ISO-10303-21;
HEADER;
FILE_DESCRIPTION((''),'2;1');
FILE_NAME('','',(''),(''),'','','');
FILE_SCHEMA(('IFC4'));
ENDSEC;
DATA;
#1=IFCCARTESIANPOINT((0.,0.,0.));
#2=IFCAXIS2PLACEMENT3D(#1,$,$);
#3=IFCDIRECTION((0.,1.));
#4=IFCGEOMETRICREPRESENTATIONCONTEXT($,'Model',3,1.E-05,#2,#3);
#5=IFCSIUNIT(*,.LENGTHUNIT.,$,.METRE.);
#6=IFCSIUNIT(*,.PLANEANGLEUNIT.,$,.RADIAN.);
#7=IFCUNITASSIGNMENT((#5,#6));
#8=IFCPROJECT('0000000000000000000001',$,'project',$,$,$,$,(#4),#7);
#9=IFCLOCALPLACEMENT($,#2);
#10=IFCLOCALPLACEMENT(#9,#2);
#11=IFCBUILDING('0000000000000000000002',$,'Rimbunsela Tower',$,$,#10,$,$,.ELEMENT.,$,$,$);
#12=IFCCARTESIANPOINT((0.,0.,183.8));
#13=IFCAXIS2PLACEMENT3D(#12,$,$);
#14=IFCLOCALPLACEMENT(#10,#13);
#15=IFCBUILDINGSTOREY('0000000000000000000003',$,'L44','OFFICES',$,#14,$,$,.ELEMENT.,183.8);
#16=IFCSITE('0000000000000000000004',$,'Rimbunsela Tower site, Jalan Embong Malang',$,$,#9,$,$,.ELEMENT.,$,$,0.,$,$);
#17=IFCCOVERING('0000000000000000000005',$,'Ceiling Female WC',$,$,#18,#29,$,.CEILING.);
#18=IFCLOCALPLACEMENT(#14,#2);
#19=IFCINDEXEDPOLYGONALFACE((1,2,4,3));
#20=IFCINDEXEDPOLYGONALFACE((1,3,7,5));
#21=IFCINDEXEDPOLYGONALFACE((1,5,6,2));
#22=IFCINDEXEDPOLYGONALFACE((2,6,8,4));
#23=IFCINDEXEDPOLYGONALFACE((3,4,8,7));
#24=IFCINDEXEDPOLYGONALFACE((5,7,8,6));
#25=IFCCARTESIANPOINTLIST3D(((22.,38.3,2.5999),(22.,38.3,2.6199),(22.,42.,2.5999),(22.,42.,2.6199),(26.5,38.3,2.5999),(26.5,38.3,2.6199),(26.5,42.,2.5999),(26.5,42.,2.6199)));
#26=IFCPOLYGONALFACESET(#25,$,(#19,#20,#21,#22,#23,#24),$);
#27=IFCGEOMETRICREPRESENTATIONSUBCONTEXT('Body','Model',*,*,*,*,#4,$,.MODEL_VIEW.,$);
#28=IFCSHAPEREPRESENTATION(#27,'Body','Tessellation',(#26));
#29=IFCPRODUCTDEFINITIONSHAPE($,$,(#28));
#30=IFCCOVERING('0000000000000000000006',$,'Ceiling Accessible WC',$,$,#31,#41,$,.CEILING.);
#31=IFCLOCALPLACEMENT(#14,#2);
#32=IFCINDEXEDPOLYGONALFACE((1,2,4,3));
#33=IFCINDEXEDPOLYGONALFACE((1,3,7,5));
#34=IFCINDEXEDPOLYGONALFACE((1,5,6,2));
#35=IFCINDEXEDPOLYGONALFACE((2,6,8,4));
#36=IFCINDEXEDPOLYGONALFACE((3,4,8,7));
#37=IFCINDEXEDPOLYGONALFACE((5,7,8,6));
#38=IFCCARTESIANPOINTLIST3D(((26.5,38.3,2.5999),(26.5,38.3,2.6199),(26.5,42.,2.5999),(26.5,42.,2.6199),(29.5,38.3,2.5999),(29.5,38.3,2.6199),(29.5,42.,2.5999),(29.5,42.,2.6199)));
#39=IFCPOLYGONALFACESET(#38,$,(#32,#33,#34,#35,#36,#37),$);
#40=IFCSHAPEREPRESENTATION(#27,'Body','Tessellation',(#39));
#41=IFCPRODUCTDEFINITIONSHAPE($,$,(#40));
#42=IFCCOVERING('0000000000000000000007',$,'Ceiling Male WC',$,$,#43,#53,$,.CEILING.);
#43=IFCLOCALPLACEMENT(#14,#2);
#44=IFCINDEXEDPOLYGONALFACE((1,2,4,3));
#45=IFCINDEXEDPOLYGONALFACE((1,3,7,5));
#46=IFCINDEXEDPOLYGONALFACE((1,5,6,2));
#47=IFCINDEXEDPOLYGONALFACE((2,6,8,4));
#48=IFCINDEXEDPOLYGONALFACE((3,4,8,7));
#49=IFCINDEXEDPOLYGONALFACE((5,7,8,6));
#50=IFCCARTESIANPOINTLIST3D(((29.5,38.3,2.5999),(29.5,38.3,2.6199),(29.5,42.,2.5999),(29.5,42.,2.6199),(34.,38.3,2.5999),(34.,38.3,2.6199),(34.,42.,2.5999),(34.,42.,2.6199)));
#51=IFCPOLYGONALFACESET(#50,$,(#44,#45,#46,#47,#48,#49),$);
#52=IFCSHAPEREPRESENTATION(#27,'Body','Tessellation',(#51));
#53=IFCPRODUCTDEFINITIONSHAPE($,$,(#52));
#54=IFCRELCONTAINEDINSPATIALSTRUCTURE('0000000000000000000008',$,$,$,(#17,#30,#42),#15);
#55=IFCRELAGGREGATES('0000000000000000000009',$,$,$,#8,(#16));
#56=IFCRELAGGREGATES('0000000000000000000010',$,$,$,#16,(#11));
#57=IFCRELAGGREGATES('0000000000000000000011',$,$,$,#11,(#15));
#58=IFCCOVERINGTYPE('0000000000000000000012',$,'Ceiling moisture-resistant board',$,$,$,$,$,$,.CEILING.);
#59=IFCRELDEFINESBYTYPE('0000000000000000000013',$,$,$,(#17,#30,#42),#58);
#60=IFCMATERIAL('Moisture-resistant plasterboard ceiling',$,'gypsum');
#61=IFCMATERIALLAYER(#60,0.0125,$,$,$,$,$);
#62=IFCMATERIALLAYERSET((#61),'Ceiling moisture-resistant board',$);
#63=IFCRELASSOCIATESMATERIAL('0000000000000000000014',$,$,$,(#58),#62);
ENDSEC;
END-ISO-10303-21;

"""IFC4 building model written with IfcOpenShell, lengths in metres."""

from ifc_helpers import new_model, si_unit, direction, frame, origin, place, context, subcontext, project, spatial, polyline, outline, extrude, material, layer, layer_set, type_object, element, save


model = new_model("IFC4")

# Units and contexts
model_context = context("Model", 3, precision=1e-05, world=origin(), true_north=direction((0.0, 1.0)))
body_context = subcontext(model_context, "Body", "Model", "MODEL_VIEW")
ifc_project = project(units=[si_unit("LENGTHUNIT", "METRE"), si_unit("PLANEANGLEUNIT", "RADIAN")], contexts=[model_context])

# Site, building, storey
site_placement = place(None, origin())
site = spatial("IfcSite", under=ifc_project, at=site_placement, Name="Rimbunsela Tower site, Jalan Embong Malang", CompositionType="ELEMENT", RefElevation=0.0)
building_placement = place(site_placement, origin())
building = spatial("IfcBuilding", under=site, at=building_placement, Name="Rimbunsela Tower", CompositionType="ELEMENT")
storey_placement = place(building_placement, frame((0.0, 0.0, 183.8)))
storey = spatial("IfcBuildingStorey", under=building, at=storey_placement, Name="L44", Description="OFFICES", CompositionType="ELEMENT", Elevation=183.8)

# Coverings
ifc_material_1 = material(Name="Moisture-resistant plasterboard ceiling", Category="gypsum")
ifc_layer_1 = layer(ifc_material_1, 0.0125)
ifc_layer_set_1 = layer_set([ifc_layer_1], Name="Ceiling moisture-resistant board")
covering_type_1 = type_object("IfcCoveringType", Name="Ceiling moisture-resistant board", PredefinedType="CEILING", material=ifc_layer_set_1)
covering_1_placement = place(storey_placement, frame((0.0, 0.0, 2.5999)))
element("IfcCovering", 1, at=covering_1_placement, inside=storey, type_object=covering_type_1, Name="Ceiling Female WC", PredefinedType="CEILING", context=body_context, shape_type="SweptSolid", body=[
    extrude(outline(polyline([(26.5, 38.3), (26.5, 42.0), (22.0, 42.0), (22.0, 38.3), (26.5, 38.3)])), origin(), (0.0, 0.0, 1.0), 0.02),
])
covering_2_placement = place(storey_placement, frame((0.0, 0.0, 2.5999)))
element("IfcCovering", 2, at=covering_2_placement, inside=storey, type_object=covering_type_1, Name="Ceiling Accessible WC", PredefinedType="CEILING", context=body_context, shape_type="SweptSolid", body=[
    extrude(outline(polyline([(29.5, 38.3), (29.5, 42.0), (26.5, 42.0), (26.5, 38.3), (29.5, 38.3)])), origin(), (0.0, 0.0, 1.0), 0.02),
])
covering_3_placement = place(storey_placement, frame((0.0, 0.0, 2.5999)))
element("IfcCovering", 3, at=covering_3_placement, inside=storey, type_object=covering_type_1, Name="Ceiling Male WC", PredefinedType="CEILING", context=body_context, shape_type="SweptSolid", body=[
    extrude(outline(polyline([(34.0, 38.3), (34.0, 42.0), (29.5, 42.0), (29.5, 38.3), (34.0, 38.3)])), origin(), (0.0, 0.0, 1.0), 0.02),
])

save(model, "model.ifc")
